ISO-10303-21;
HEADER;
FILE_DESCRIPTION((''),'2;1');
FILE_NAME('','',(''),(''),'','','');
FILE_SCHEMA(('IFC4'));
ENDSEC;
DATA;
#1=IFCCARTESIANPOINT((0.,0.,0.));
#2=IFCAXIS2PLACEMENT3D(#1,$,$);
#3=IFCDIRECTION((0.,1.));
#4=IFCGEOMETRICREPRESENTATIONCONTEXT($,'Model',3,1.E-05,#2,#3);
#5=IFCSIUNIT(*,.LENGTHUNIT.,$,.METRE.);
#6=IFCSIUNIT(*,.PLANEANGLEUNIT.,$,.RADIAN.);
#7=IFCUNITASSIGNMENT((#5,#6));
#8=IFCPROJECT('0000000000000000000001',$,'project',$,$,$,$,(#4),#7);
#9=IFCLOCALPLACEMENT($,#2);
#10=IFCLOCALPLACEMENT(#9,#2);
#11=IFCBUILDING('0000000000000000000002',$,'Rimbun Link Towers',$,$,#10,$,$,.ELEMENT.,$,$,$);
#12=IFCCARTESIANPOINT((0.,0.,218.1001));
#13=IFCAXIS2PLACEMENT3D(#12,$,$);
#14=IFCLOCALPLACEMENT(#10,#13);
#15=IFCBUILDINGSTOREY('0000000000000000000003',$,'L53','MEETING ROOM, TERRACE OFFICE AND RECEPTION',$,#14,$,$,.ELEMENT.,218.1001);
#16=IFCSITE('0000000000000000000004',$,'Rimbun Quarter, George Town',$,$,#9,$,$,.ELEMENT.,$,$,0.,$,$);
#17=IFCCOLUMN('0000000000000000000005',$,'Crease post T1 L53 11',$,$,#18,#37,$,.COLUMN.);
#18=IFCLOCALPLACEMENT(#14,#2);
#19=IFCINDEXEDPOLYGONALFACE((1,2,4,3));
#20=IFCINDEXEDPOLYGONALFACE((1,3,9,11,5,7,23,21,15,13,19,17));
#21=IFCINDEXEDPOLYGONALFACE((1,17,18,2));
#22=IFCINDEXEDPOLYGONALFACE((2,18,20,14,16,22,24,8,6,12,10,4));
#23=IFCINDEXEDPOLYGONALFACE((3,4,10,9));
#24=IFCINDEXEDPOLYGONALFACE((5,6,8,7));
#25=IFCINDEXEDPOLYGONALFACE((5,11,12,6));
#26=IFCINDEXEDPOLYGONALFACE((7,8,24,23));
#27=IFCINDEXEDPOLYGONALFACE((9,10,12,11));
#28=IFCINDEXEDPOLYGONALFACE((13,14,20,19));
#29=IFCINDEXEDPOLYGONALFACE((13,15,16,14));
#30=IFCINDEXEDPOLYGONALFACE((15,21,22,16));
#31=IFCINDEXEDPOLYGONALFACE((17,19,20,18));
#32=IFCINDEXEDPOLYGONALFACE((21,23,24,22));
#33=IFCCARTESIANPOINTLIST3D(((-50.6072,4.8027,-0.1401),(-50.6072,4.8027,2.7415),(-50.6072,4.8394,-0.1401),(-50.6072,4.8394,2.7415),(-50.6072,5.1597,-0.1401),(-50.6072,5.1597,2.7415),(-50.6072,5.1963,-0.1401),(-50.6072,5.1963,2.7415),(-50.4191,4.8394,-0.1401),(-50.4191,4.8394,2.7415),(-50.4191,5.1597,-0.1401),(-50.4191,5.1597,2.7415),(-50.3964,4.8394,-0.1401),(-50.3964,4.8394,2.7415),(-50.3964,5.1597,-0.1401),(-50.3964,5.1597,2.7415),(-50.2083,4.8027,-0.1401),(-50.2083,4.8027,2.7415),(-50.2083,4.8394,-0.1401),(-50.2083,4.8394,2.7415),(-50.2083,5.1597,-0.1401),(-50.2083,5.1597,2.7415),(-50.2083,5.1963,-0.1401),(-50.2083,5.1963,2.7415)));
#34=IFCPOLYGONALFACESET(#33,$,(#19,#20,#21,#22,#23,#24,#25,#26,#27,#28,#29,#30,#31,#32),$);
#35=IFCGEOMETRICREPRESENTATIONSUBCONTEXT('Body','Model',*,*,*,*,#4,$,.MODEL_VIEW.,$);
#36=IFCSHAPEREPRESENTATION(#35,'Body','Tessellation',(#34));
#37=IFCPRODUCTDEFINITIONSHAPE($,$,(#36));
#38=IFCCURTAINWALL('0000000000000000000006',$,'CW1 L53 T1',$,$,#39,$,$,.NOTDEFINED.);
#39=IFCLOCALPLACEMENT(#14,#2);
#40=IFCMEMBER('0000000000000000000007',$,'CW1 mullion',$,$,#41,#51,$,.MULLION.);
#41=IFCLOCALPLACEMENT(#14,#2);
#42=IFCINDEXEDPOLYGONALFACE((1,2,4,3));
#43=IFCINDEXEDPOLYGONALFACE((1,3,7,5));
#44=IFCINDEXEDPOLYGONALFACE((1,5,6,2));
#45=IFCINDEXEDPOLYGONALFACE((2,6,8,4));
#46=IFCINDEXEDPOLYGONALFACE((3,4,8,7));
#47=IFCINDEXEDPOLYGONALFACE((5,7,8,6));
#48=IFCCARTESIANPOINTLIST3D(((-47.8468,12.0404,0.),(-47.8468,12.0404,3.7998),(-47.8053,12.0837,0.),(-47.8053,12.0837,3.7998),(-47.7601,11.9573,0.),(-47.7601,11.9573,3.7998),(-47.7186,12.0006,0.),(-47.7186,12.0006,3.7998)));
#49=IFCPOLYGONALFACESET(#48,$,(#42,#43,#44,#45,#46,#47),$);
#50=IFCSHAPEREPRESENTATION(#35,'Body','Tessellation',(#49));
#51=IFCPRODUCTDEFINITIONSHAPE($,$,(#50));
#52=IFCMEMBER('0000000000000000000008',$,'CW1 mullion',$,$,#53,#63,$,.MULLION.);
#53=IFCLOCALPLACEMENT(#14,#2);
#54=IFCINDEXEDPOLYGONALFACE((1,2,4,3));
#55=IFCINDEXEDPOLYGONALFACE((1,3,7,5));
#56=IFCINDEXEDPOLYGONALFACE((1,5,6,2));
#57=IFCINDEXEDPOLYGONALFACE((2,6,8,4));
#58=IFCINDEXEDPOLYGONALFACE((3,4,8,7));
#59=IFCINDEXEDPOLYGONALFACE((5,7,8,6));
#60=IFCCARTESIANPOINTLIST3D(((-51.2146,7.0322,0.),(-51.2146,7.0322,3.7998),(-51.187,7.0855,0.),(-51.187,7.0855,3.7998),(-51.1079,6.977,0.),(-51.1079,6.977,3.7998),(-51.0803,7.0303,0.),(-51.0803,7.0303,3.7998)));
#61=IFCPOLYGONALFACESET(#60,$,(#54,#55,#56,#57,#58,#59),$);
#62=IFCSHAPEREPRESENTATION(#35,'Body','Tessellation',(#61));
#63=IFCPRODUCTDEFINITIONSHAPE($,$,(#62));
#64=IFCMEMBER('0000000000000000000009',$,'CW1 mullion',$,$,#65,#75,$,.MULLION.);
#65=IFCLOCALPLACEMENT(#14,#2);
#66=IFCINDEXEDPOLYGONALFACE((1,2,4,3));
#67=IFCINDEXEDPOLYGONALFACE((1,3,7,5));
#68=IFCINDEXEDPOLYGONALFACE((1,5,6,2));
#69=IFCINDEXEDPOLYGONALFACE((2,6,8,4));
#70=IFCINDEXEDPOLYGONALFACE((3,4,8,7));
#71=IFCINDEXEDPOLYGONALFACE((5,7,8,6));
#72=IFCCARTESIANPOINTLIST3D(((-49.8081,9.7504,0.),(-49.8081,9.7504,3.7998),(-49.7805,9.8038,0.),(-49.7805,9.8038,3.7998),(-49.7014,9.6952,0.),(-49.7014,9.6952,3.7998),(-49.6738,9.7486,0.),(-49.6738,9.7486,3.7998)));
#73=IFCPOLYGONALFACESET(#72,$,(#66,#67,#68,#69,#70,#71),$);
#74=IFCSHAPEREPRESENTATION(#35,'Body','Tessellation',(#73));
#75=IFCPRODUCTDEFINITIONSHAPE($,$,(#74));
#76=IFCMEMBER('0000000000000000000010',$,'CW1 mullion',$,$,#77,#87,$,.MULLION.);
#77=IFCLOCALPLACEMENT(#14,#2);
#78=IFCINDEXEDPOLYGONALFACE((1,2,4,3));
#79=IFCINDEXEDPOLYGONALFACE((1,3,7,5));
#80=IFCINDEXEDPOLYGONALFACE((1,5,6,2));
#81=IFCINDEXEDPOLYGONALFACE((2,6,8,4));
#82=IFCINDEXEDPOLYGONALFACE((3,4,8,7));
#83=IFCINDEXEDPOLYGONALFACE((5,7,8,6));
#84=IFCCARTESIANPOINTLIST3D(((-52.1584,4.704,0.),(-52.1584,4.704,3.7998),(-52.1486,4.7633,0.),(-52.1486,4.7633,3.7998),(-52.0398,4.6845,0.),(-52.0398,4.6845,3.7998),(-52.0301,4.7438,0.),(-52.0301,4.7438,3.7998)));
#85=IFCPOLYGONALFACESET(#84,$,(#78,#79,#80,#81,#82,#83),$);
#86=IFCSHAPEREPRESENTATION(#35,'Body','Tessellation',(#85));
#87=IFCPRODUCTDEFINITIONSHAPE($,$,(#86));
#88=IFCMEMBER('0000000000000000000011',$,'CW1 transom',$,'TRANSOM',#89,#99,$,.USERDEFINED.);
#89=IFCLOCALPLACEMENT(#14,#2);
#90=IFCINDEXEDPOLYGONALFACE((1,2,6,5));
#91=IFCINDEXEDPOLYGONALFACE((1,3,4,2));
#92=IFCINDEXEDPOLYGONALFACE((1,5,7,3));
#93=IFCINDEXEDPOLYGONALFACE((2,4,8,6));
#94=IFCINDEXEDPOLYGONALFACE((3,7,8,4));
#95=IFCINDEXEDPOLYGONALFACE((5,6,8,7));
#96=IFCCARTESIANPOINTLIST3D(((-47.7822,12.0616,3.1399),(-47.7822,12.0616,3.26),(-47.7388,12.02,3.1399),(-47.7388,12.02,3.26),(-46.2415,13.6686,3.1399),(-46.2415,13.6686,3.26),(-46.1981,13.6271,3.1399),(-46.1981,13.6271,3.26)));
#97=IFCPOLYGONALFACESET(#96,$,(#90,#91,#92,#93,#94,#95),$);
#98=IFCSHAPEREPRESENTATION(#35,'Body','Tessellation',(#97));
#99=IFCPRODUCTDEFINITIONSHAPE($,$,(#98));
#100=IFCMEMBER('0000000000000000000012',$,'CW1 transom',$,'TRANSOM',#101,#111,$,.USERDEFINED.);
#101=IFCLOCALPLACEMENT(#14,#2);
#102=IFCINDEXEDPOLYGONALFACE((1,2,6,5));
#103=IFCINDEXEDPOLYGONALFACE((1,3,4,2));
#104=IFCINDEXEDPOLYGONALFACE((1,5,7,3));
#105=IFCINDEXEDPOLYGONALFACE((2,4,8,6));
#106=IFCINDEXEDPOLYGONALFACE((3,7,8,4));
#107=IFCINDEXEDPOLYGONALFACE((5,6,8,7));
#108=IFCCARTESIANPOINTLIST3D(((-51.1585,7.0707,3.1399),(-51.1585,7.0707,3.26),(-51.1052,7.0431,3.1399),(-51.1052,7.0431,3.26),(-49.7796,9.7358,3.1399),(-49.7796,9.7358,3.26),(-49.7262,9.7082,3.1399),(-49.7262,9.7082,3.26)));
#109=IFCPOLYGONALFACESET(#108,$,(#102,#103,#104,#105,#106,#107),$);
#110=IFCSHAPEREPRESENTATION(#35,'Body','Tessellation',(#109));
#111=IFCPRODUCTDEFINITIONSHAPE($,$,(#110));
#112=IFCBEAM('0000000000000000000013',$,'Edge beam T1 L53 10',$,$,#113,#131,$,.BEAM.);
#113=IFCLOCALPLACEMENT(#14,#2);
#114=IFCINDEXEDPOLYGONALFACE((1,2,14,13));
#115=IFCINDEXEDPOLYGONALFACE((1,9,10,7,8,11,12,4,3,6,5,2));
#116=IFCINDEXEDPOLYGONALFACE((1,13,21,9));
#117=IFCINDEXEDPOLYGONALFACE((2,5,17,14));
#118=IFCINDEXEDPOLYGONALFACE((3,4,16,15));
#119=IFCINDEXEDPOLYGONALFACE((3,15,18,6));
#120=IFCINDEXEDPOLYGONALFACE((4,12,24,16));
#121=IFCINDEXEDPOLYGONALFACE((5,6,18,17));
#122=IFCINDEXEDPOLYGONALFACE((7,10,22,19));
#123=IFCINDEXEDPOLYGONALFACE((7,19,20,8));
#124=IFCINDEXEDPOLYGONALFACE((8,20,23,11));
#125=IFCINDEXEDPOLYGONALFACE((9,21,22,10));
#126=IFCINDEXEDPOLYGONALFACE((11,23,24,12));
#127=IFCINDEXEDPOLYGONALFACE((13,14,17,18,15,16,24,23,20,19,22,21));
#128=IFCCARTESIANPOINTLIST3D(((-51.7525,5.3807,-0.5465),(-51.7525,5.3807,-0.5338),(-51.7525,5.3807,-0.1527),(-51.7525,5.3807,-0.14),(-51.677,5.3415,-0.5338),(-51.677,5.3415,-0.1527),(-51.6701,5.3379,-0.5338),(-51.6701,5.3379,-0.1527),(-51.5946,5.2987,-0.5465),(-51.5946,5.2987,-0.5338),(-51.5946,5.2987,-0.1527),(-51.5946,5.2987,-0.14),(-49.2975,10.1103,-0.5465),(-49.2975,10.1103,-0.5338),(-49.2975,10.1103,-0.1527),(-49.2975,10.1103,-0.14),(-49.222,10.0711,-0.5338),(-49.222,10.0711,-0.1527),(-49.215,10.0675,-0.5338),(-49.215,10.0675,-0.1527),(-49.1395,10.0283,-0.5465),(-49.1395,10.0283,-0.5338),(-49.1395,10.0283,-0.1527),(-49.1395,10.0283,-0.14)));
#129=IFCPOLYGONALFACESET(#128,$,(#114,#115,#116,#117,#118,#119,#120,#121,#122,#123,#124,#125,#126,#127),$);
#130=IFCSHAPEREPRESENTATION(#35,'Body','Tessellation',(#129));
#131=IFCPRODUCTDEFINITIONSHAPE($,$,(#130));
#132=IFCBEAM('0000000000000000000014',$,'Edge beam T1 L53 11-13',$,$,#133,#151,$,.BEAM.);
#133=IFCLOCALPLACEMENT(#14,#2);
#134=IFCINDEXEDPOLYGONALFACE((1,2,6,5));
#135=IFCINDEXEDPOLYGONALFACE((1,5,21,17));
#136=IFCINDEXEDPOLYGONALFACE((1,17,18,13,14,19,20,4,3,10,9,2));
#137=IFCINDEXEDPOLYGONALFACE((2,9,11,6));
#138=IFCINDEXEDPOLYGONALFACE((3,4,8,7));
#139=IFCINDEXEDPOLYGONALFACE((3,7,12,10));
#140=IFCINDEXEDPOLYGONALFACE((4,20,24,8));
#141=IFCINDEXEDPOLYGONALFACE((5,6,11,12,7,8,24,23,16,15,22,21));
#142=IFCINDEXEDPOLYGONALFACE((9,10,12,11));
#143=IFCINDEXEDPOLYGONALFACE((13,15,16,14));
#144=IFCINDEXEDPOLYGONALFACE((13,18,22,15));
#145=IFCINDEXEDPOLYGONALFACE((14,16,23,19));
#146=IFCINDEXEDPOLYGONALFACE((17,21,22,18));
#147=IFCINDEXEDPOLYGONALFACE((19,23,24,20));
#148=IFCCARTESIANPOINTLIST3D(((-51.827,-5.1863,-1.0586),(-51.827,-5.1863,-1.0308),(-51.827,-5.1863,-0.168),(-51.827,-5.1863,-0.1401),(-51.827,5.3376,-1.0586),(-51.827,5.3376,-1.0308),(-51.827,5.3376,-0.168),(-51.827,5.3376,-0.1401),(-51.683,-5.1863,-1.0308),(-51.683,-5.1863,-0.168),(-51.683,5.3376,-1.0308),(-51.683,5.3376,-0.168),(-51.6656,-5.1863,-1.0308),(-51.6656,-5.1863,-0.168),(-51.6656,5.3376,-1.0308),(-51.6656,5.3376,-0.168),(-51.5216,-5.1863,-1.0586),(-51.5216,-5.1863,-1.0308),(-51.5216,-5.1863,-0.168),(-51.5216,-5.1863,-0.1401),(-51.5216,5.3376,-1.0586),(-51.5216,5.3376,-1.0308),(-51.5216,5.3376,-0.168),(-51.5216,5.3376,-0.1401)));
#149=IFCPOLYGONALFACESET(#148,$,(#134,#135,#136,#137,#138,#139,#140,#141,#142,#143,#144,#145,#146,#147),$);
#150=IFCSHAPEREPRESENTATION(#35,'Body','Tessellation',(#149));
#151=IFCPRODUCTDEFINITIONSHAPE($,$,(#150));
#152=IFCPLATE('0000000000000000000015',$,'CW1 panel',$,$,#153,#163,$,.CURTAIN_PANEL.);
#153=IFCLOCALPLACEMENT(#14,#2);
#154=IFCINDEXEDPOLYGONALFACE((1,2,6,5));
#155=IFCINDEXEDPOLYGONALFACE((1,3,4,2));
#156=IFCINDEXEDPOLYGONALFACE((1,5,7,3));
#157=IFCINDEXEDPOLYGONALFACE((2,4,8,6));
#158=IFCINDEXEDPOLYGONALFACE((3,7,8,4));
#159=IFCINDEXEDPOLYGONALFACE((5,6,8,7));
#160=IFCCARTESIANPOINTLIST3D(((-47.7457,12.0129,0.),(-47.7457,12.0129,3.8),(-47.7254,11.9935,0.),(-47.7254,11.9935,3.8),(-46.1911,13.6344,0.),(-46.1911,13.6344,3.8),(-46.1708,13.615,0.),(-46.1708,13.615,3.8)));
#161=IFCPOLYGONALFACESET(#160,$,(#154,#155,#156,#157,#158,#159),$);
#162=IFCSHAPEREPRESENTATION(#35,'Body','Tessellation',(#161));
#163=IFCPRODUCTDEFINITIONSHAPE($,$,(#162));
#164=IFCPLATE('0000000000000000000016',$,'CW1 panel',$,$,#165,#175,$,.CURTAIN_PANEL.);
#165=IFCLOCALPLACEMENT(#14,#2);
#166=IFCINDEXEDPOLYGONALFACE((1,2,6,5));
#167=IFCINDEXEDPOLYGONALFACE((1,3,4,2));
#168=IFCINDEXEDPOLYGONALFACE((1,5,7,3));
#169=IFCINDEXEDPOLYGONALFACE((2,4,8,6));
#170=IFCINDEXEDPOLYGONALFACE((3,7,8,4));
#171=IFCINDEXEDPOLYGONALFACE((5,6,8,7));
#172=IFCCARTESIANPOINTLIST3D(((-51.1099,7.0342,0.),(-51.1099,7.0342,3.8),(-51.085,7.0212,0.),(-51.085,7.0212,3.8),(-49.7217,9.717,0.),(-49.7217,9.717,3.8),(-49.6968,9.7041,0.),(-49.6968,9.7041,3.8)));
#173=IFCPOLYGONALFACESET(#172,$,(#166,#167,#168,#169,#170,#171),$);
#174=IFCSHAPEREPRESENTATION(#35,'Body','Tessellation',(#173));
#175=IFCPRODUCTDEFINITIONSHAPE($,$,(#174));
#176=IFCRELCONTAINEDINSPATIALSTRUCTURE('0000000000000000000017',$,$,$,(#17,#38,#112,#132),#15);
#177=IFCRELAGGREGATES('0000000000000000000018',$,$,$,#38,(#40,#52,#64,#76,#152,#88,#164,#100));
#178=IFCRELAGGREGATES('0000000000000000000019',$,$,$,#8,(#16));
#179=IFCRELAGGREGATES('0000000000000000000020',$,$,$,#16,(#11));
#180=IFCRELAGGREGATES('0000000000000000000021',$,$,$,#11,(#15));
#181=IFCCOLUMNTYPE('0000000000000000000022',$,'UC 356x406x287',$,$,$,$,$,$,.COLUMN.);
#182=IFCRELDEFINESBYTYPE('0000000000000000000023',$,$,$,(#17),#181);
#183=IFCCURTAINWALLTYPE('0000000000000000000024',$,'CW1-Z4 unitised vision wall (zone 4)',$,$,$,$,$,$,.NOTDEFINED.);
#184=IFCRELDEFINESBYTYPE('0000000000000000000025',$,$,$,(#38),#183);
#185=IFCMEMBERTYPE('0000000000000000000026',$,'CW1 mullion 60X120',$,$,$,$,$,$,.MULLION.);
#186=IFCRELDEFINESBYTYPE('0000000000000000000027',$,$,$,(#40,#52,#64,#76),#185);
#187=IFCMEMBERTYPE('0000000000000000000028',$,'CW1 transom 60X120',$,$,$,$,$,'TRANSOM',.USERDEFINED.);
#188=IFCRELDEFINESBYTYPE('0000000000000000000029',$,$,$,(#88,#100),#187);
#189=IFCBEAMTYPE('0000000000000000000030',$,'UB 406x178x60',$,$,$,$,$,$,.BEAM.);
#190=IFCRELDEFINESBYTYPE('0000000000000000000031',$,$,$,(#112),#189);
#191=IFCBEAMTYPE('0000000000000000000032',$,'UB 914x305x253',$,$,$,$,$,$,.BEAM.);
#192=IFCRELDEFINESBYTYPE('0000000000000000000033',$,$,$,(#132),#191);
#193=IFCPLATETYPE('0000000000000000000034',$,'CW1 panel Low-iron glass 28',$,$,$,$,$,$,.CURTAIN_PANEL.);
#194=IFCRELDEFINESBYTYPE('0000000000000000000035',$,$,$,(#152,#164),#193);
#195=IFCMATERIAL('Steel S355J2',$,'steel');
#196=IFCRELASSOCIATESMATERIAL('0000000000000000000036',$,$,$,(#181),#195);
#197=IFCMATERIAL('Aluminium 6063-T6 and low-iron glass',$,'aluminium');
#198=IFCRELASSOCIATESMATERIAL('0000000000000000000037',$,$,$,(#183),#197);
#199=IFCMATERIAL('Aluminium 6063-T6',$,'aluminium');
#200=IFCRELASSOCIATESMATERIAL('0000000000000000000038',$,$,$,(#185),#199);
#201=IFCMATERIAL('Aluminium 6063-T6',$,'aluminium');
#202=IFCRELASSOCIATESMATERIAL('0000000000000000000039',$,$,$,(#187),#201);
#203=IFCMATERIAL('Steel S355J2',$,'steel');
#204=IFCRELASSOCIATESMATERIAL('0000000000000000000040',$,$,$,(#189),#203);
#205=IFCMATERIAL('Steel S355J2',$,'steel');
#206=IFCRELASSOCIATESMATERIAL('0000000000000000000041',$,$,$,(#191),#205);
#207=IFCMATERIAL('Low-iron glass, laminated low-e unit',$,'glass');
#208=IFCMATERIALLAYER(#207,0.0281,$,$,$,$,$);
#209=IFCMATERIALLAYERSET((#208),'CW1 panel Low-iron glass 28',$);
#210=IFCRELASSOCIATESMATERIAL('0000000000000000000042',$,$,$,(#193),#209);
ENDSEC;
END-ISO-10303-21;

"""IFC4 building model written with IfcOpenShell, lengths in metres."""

from ifc_helpers import new_model, si_unit, direction, frame, origin, origin_2d, place, context, subcontext, project, spatial, rectangle, i_section, extrude, material, layer, layer_set, material_profile, profile_set, type_object, element, aggregate, save


model = new_model("IFC4")

# Units and contexts
model_context = context("Model", 3, precision=1e-05, world=origin(), true_north=direction((0.0, 1.0)))
body_context = subcontext(model_context, "Body", "Model", "MODEL_VIEW")
ifc_project = project(units=[si_unit("LENGTHUNIT", "METRE"), si_unit("PLANEANGLEUNIT", "RADIAN")], contexts=[model_context])

# Site, building, storey
site_placement = place(None, origin())
site = spatial("IfcSite", under=ifc_project, at=site_placement, Name="Rimbun Quarter, George Town", CompositionType="ELEMENT", RefElevation=0.0)
building_placement = place(site_placement, origin())
building = spatial("IfcBuilding", under=site, at=building_placement, Name="Rimbun Link Towers", CompositionType="ELEMENT")
storey_placement = place(building_placement, frame((0.0, 0.0, 218.1001)))
storey = spatial("IfcBuildingStorey", under=building, at=storey_placement, Name="L53", Description="MEETING ROOM, TERRACE OFFICE AND RECEPTION", CompositionType="ELEMENT", Elevation=218.1001)

# Column
ifc_material_1 = material(Name="Steel S355J2", Category="steel")
ifc_material_profile_1 = material_profile(ifc_material_1, i_section(OverallWidth=0.3989, OverallDepth=0.3936, WebThickness=0.0227, FlangeThickness=0.0366, at=origin_2d()), Name="UC 356x406x287")
ifc_profile_set_1 = profile_set([ifc_material_profile_1], Name="Steel S355J2")
column_type = type_object("IfcColumnType", Name="UC 356x406x287", PredefinedType="COLUMN", material=ifc_profile_set_1)
column_placement = place(storey_placement, frame((-50.4077, 4.9995, -0.1401), z_axis=(0.0, 0.0, 1.0), x_axis=(1.0, 0.0, 0.0)))
element("IfcColumn", 1, at=column_placement, inside=storey, type_object=column_type, Name="Crease post T1 L53 11", PredefinedType="COLUMN", context=body_context, shape_type="SweptSolid", body=[
    extrude(i_section(OverallWidth=0.3989, OverallDepth=0.3936, WebThickness=0.0227, FlangeThickness=0.0366, at=origin_2d()), origin(), (0.0, 0.0, 1.0), 2.8816),
])

# Curtain wall, members
ifc_material_2 = material(Name="Aluminium 6063-T6 and low-iron glass", Category="aluminium")
curtain_wall_type = type_object("IfcCurtainWallType", Name="CW1-Z4 unitised vision wall (zone 4)", PredefinedType="NOTDEFINED", material=ifc_material_2)
curtain_wall_placement = place(storey_placement, origin())
curtain_wall = element("IfcCurtainWall", 2, at=curtain_wall_placement, inside=storey, type_object=curtain_wall_type, Name="CW1 L53 T1", PredefinedType="NOTDEFINED")
ifc_material_3 = material(Name="Aluminium 6063-T6", Category="aluminium")
ifc_material_profile_2 = material_profile(ifc_material_3, rectangle(XDim=0.1201, YDim=0.0601, at=origin_2d()), Name="MULLION 60X120")
ifc_profile_set_2 = profile_set([ifc_material_profile_2], Name="Aluminium 6063-T6")
member_type_1 = type_object("IfcMemberType", Name="CW1 mullion 60X120", PredefinedType="MULLION", material=ifc_profile_set_2)
member_1_placement = place(storey_placement, frame((-47.7827, 12.0205, 0.0), z_axis=(0.0, 0.0, 1.0), x_axis=(-0.721846, 0.692053, 0.0)))
member_1 = element("IfcMember", 3, at=member_1_placement, type_object=member_type_1, Name="CW1 mullion", PredefinedType="MULLION", context=body_context, shape_type="SweptSolid", body=[
    extrude(rectangle(XDim=0.1201, YDim=0.0601, at=origin_2d()), origin(), (0.0, 0.0, 1.0), 3.7998),
])
member_2_placement = place(storey_placement, frame((-51.1475, 7.0312, 0.0), z_axis=(0.0, 0.0, 1.0), x_axis=(-0.88815, 0.459554, 0.0)))
member_2 = element("IfcMember", 4, at=member_2_placement, type_object=member_type_1, Name="CW1 mullion", PredefinedType="MULLION", context=body_context, shape_type="SweptSolid", body=[
    extrude(rectangle(XDim=0.1201, YDim=0.0601, at=origin_2d()), origin(), (0.0, 0.0, 1.0), 3.7998),
])
member_3_placement = place(storey_placement, frame((-49.741, 9.7495, 0.0), z_axis=(0.0, 0.0, 1.0), x_axis=(-0.88815, 0.459554, 0.0)))
member_3 = element("IfcMember", 5, at=member_3_placement, type_object=member_type_1, Name="CW1 mullion", PredefinedType="MULLION", context=body_context, shape_type="SweptSolid", body=[
    extrude(rectangle(XDim=0.1201, YDim=0.0601, at=origin_2d()), origin(), (0.0, 0.0, 1.0), 3.7998),
])
member_4_placement = place(storey_placement, frame((-52.0942, 4.7239, 0.0), z_axis=(0.0, 0.0, 1.0), x_axis=(-0.986747, 0.162264, 0.0)))
member_4 = element("IfcMember", 6, at=member_4_placement, type_object=member_type_1, Name="CW1 mullion", PredefinedType="MULLION", context=body_context, shape_type="SweptSolid", body=[
    extrude(rectangle(XDim=0.1201, YDim=0.0601, at=origin_2d()), origin(), (0.0, 0.0, 1.0), 3.7998),
])
ifc_material_4 = material(Name="Aluminium 6063-T6", Category="aluminium")
ifc_material_profile_3 = material_profile(ifc_material_4, rectangle(XDim=0.0601, YDim=0.1201, at=origin_2d()), Name="TRANSOM 60X120")
ifc_profile_set_3 = profile_set([ifc_material_profile_3], Name="Aluminium 6063-T6")
member_type_2 = type_object("IfcMemberType", Name="CW1 transom 60X120", ElementType="TRANSOM", PredefinedType="USERDEFINED", material=ifc_profile_set_3)
member_5_placement = place(storey_placement, frame((-47.7605, 12.0408, 3.2), z_axis=(0.692036, 0.721863, 0.0), x_axis=(-0.721863, 0.692036, 0.0)))
member_5 = element("IfcMember", 7, at=member_5_placement, type_object=member_type_2, Name="CW1 transom", ObjectType="TRANSOM", PredefinedType="USERDEFINED", context=body_context, shape_type="SweptSolid", body=[
    extrude(rectangle(XDim=0.0601, YDim=0.1201, at=origin_2d()), origin(), (0.0, 0.0, 1.0), 2.2263),
])
member_6_placement = place(storey_placement, frame((-51.1318, 7.0569, 3.2), z_axis=(0.459538, 0.888158, 0.0), x_axis=(-0.888158, 0.459538, 0.0)))
member_6 = element("IfcMember", 8, at=member_6_placement, type_object=member_type_2, Name="CW1 transom", ObjectType="TRANSOM", PredefinedType="USERDEFINED", context=body_context, shape_type="SweptSolid", body=[
    extrude(rectangle(XDim=0.0601, YDim=0.1201, at=origin_2d()), origin(), (0.0, 0.0, 1.0), 3.0007),
])

# Beams
ifc_material_5 = material(Name="Steel S355J2", Category="steel")
ifc_material_profile_4 = material_profile(ifc_material_5, i_section(OverallWidth=0.178, OverallDepth=0.4065, WebThickness=0.0078, FlangeThickness=0.0127, at=origin_2d()), Name="UB 406x178x60")
ifc_profile_set_4 = profile_set([ifc_material_profile_4], Name="Steel S355J2")
beam_type_1 = type_object("IfcBeamType", Name="UB 406x178x60", PredefinedType="BEAM", material=ifc_profile_set_4)
beam_1_placement = place(storey_placement, frame((-49.2185, 10.0693, -0.3433), z_axis=(-0.460705, -0.887553, 0.0), x_axis=(0.887553, -0.460705, 0.0)))
element("IfcBeam", 9, at=beam_1_placement, inside=storey, type_object=beam_type_1, Name="Edge beam T1 L53 10", PredefinedType="BEAM", context=body_context, shape_type="SweptSolid", body=[
    extrude(i_section(OverallWidth=0.178, OverallDepth=0.4065, WebThickness=0.0078, FlangeThickness=0.0127, at=origin_2d()), origin(), (0.0, 0.0, 1.0), 5.3289),
])
ifc_material_6 = material(Name="Steel S355J2", Category="steel")
ifc_material_profile_5 = material_profile(ifc_material_6, i_section(OverallWidth=0.3054, OverallDepth=0.9185, WebThickness=0.0173, FlangeThickness=0.0278, at=origin_2d()), Name="UB 914x305x253")
ifc_profile_set_5 = profile_set([ifc_material_profile_5], Name="Steel S355J2")
beam_type_2 = type_object("IfcBeamType", Name="UB 914x305x253", PredefinedType="BEAM", material=ifc_profile_set_5)
beam_2_placement = place(storey_placement, frame((-51.6743, 5.3376, -0.5994), z_axis=(0.0, -1.0, 0.0), x_axis=(1.0, 0.0, 0.0)))
element("IfcBeam", 10, at=beam_2_placement, inside=storey, type_object=beam_type_2, Name="Edge beam T1 L53 11-13", PredefinedType="BEAM", context=body_context, shape_type="SweptSolid", body=[
    extrude(i_section(OverallWidth=0.3054, OverallDepth=0.9185, WebThickness=0.0173, FlangeThickness=0.0278, at=origin_2d()), origin(), (0.0, 0.0, 1.0), 10.5239),
])

# Plates
ifc_material_7 = material(Name="Low-iron glass, laminated low-e unit", Category="glass")
ifc_layer = layer(ifc_material_7, 0.0281)
ifc_layer_set = layer_set([ifc_layer], Name="CW1 panel Low-iron glass 28")
plate_type = type_object("IfcPlateType", Name="CW1 panel Low-iron glass 28", PredefinedType="CURTAIN_PANEL", material=ifc_layer_set)
plate_1_placement = place(storey_placement, frame((-46.9583, 12.814, 0.0), z_axis=(0.0, 0.0, 1.0), x_axis=(0.692053, 0.721846, 0.0)))
plate_1 = element("IfcPlate", 11, at=plate_1_placement, type_object=plate_type, Name="CW1 panel", PredefinedType="CURTAIN_PANEL", context=body_context, shape_type="SweptSolid", body=[
    extrude(rectangle(XDim=2.2463, YDim=0.0281, at=origin_2d()), origin(), (0.0, 0.0, 1.0), 3.8),
])
plate_2_placement = place(storey_placement, frame((-50.4033, 8.3691, 0.0), z_axis=(0.0, 0.0, 1.0), x_axis=(0.459554, 0.88815, 0.0)))
plate_2 = element("IfcPlate", 12, at=plate_2_placement, type_object=plate_type, Name="CW1 panel", PredefinedType="CURTAIN_PANEL", context=body_context, shape_type="SweptSolid", body=[
    extrude(rectangle(XDim=3.0208, YDim=0.0281, at=origin_2d()), origin(), (0.0, 0.0, 1.0), 3.8),
])
aggregate(curtain_wall, [member_1, member_2, member_3, member_4, plate_1, member_5, plate_2, member_6])

save(model, "model.ifc")
